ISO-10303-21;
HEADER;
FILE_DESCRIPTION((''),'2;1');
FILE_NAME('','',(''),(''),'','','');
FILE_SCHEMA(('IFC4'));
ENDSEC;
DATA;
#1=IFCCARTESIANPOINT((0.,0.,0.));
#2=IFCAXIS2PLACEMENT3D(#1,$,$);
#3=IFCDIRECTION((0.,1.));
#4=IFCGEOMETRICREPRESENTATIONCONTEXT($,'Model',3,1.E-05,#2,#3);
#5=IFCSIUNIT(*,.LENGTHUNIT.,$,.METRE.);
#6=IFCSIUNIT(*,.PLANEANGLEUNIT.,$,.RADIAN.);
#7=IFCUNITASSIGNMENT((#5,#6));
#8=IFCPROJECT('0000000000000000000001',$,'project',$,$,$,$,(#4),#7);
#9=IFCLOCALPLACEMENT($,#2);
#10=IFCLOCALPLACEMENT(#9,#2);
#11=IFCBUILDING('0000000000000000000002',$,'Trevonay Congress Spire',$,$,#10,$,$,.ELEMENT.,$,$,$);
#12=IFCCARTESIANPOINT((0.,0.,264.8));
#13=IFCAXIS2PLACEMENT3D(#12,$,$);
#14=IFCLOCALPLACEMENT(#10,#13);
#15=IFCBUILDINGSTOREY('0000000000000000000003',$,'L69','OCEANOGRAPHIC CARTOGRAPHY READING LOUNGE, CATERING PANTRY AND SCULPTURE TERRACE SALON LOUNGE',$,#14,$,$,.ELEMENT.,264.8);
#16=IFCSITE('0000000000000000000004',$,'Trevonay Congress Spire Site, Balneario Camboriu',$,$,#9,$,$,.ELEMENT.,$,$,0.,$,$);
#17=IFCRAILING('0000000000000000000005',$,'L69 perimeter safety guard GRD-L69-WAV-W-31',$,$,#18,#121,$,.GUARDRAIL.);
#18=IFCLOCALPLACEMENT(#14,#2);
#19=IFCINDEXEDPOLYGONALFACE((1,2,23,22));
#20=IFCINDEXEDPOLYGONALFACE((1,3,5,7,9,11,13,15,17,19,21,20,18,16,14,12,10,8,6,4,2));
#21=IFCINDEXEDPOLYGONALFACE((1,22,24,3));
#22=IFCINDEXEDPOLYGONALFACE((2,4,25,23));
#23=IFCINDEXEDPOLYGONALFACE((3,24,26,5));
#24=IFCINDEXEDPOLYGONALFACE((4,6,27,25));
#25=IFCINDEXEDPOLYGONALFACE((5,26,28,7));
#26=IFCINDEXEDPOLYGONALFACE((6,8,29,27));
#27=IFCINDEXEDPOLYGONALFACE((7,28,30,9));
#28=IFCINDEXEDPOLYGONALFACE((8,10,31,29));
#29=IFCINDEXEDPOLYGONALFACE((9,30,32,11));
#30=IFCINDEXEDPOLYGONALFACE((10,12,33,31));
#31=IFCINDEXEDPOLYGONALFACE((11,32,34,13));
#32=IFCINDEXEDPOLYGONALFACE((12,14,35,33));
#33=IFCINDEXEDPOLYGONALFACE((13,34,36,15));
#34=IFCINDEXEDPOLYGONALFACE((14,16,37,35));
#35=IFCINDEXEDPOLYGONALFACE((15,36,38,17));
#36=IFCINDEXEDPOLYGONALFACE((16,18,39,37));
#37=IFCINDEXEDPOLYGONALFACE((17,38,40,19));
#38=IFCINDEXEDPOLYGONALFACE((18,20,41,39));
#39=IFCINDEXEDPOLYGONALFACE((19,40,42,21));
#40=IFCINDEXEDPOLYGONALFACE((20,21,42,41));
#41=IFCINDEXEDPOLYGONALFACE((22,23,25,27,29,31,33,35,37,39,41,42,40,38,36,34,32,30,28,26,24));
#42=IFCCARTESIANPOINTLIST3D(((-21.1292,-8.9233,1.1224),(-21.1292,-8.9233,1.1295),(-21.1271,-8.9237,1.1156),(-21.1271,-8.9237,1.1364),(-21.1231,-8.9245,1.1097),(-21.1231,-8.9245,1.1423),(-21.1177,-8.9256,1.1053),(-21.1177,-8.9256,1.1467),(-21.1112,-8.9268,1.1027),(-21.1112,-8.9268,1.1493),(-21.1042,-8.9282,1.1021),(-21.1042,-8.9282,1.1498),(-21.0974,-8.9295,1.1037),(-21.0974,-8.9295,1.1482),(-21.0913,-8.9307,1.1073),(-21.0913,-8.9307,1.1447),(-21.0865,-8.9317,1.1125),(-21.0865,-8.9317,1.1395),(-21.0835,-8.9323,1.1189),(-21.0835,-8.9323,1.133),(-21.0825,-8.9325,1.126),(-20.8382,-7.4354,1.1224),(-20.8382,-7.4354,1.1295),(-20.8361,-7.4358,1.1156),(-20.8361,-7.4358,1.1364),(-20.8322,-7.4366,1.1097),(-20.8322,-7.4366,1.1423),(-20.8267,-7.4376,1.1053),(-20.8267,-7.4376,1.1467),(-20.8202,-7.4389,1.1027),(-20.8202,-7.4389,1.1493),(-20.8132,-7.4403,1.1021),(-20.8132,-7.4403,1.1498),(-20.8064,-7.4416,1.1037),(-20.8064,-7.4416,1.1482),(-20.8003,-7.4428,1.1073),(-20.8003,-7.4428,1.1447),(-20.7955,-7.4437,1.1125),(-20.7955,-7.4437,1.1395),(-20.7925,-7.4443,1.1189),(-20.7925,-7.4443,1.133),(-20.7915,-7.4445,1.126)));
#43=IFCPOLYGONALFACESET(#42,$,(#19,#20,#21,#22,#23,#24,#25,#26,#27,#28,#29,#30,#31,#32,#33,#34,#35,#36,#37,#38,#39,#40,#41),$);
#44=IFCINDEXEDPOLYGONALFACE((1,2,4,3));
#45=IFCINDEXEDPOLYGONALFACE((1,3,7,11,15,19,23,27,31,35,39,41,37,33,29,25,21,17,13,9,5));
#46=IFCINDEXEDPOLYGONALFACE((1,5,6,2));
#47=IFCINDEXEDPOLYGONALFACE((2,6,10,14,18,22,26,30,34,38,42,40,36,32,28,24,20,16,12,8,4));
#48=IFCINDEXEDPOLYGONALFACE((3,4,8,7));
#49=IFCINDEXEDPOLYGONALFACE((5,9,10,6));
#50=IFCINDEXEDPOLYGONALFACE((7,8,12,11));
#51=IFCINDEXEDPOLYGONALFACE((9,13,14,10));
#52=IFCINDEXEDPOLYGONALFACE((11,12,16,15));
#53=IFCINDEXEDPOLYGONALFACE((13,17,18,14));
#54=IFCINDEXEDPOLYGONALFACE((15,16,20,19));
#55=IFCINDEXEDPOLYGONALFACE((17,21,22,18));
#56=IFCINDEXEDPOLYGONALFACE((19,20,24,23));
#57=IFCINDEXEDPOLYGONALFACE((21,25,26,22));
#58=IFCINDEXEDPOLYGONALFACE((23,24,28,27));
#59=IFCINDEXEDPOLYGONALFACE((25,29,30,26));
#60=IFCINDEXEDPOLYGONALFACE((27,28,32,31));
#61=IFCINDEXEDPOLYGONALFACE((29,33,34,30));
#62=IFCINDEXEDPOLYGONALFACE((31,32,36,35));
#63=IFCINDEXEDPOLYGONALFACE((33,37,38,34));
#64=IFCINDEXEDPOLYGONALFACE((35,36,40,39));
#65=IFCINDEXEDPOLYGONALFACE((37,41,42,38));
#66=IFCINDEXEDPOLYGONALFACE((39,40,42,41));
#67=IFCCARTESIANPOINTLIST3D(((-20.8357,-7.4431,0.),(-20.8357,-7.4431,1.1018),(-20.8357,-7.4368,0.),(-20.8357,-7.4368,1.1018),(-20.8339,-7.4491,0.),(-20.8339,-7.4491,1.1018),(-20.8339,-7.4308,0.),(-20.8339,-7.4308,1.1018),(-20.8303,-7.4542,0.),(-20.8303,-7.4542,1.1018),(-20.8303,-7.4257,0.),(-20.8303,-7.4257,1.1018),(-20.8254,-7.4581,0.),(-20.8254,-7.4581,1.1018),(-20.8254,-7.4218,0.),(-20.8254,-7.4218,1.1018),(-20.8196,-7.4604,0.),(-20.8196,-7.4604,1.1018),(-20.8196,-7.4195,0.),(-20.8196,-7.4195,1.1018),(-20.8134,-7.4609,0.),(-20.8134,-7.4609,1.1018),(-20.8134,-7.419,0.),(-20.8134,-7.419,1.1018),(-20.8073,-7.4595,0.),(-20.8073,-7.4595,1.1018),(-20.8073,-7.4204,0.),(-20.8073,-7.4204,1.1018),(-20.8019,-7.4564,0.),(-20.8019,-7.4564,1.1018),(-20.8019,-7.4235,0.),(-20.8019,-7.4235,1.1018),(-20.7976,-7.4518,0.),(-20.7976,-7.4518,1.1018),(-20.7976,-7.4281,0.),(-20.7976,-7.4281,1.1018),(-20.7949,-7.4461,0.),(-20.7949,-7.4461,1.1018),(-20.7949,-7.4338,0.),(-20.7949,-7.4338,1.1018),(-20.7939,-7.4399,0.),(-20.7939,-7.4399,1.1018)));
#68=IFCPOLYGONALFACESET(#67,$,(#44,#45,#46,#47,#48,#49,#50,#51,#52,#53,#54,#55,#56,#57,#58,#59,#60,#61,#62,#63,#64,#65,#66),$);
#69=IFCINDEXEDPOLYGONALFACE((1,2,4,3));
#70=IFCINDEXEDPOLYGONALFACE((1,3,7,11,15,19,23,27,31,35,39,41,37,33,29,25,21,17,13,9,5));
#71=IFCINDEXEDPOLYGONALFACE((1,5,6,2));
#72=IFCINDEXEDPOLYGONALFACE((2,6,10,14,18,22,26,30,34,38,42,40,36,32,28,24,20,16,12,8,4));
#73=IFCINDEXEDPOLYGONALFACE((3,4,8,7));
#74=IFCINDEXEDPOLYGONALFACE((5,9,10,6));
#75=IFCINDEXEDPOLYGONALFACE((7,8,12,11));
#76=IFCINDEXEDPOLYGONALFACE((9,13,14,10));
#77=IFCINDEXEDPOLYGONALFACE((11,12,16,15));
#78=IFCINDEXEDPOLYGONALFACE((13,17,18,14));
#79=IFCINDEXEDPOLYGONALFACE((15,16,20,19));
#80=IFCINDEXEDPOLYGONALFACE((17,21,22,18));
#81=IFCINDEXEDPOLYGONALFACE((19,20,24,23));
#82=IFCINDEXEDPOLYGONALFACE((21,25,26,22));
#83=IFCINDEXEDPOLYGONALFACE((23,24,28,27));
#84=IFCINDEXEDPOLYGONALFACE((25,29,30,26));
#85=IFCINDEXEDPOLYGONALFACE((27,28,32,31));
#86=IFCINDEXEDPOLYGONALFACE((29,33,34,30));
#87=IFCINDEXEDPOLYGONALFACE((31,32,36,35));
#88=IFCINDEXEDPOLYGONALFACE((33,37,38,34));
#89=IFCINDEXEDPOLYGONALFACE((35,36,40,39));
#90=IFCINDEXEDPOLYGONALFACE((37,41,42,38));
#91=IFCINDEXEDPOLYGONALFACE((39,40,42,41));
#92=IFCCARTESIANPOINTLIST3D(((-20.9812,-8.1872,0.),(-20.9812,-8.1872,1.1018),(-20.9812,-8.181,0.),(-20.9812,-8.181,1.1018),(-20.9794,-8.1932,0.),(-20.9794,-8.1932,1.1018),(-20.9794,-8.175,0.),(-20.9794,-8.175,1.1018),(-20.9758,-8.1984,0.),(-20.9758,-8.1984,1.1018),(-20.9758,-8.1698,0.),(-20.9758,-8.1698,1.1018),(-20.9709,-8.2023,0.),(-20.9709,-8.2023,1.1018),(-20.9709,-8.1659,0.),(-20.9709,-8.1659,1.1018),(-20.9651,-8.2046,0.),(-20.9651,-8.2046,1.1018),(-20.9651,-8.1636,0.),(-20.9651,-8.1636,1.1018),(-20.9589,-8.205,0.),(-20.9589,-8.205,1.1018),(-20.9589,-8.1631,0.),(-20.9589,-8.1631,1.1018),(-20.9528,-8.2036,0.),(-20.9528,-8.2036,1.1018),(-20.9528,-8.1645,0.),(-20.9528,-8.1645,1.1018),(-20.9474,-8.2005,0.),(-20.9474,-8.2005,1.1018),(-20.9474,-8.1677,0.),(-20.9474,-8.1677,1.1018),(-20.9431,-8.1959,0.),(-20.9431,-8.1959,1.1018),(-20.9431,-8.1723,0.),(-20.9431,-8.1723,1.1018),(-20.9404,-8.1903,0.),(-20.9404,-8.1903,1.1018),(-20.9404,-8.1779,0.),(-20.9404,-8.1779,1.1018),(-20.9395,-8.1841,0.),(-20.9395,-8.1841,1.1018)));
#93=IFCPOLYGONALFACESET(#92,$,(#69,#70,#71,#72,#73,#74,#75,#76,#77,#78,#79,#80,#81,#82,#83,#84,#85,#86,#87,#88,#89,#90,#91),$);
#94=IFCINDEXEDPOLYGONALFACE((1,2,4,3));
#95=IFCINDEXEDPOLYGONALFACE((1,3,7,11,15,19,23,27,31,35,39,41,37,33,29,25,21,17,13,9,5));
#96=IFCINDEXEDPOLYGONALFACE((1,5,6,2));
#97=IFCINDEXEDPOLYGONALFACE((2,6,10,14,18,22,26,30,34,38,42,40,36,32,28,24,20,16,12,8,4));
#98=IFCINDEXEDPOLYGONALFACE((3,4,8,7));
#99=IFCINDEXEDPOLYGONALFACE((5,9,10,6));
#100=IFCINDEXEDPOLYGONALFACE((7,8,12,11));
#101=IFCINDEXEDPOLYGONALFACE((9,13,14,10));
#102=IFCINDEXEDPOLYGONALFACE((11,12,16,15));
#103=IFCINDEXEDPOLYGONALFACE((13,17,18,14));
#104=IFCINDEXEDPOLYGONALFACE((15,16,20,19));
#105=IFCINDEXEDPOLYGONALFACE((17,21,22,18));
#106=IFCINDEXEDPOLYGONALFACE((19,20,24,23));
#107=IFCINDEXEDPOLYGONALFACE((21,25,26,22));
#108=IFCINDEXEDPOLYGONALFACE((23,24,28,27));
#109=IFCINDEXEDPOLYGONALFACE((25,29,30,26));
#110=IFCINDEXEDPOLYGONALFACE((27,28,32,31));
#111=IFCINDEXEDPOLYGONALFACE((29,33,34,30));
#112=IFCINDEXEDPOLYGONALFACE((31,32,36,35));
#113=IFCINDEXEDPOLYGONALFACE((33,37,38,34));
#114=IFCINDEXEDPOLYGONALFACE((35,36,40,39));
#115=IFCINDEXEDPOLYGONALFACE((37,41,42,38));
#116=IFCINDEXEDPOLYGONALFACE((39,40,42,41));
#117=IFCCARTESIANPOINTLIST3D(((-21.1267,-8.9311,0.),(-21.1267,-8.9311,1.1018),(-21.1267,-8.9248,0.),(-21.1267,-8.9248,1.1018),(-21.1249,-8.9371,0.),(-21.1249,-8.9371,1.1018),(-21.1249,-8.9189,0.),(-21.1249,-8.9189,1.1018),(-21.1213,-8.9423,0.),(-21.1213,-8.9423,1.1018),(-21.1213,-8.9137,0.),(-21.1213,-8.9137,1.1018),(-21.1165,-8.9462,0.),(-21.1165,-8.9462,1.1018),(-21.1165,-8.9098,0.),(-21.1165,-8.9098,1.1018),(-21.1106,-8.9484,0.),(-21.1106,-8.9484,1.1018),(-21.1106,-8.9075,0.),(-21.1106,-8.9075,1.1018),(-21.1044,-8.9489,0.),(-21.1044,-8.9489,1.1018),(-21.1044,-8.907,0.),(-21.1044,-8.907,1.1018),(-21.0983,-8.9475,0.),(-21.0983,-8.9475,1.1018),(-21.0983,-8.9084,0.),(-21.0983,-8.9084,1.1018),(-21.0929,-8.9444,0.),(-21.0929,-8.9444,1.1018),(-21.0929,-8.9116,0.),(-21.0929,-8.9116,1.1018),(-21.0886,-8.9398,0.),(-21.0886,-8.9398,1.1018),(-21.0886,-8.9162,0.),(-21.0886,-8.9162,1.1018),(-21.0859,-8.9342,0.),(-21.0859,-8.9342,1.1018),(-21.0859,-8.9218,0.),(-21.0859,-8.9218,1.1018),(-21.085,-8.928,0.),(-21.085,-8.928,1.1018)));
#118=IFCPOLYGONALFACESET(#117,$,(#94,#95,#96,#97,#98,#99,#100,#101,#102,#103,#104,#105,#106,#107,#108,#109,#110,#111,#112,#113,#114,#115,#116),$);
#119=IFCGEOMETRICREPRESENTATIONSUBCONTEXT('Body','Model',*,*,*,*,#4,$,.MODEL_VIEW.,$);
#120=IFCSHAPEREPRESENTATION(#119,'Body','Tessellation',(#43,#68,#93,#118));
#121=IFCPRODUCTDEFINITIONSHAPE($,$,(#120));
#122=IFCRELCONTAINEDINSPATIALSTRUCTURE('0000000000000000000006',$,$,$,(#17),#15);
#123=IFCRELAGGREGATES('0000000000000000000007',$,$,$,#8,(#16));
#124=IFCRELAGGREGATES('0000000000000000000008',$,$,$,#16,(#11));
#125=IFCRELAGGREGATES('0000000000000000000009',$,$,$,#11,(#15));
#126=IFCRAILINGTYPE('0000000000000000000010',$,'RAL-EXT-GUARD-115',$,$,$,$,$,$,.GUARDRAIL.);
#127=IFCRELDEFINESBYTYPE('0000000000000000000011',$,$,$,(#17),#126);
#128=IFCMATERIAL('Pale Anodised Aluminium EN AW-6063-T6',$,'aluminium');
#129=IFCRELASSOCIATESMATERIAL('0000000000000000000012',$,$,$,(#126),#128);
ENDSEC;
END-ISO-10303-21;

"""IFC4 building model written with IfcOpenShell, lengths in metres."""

from ifc_helpers import new_model, si_unit, direction, frame, origin, origin_2d, place, context, subcontext, project, spatial, circle, extrude, material, type_object, element, save


model = new_model("IFC4")

# Units and contexts
model_context = context("Model", 3, precision=1e-05, world=origin(), true_north=direction((0.0, 1.0)))
body_context = subcontext(model_context, "Body", "Model", "MODEL_VIEW")
ifc_project = project(units=[si_unit("LENGTHUNIT", "METRE"), si_unit("PLANEANGLEUNIT", "RADIAN")], contexts=[model_context])

# Site, building, storey
site_placement = place(None, origin())
site = spatial("IfcSite", under=ifc_project, at=site_placement, Name="Trevonay Congress Spire Site, Balneario Camboriu", CompositionType="ELEMENT", RefElevation=0.0)
building_placement = place(site_placement, origin())
building = spatial("IfcBuilding", under=site, at=building_placement, Name="Trevonay Congress Spire", CompositionType="ELEMENT")
storey_placement = place(building_placement, frame((0.0, 0.0, 264.8)))
storey = spatial("IfcBuildingStorey", under=building, at=storey_placement, Name="L69", Description="OCEANOGRAPHIC CARTOGRAPHY READING LOUNGE, CATERING PANTRY AND SCULPTURE TERRACE SALON LOUNGE", CompositionType="ELEMENT", Elevation=264.8)

# Shared definitions
ifc_material_1 = material(Name="Pale Anodised Aluminium EN AW-6063-T6", Category="aluminium")

# Railing
railing_type = type_object("IfcRailingType", Name="RAL-EXT-GUARD-115", PredefinedType="GUARDRAIL", material=ifc_material_1)
railing_1_placement = place(storey_placement, frame((-20.8149, -7.4399, 0.0)))
element("IfcRailing", 1, at=railing_1_placement, inside=storey, type_object=railing_type, Name="L69 perimeter safety guard GRD-L69-WAV-W-31", PredefinedType="GUARDRAIL", context=body_context, shape_type="SweptSolid", body=[
    extrude(circle(Radius=0.0239, at=origin_2d()), frame((0.0, 0.0, 1.126), z_axis=(-0.191934, -0.981408, 0.0), x_axis=(0.981408, -0.191934, 0.0)), (0.0, 0.0, 1.0), 1.5161),
    extrude(circle(Radius=0.021, at=origin_2d()), origin(), (0.0, 0.0, 1.0), 1.1018),
    extrude(circle(Radius=0.021, at=origin_2d()), frame((-0.1455, -0.7441, 0.0)), (0.0, 0.0, 1.0), 1.1018),
    extrude(circle(Radius=0.021, at=origin_2d()), frame((-0.291, -1.488, 0.0)), (0.0, 0.0, 1.0), 1.1018),
])

save(model, "model.ifc")
